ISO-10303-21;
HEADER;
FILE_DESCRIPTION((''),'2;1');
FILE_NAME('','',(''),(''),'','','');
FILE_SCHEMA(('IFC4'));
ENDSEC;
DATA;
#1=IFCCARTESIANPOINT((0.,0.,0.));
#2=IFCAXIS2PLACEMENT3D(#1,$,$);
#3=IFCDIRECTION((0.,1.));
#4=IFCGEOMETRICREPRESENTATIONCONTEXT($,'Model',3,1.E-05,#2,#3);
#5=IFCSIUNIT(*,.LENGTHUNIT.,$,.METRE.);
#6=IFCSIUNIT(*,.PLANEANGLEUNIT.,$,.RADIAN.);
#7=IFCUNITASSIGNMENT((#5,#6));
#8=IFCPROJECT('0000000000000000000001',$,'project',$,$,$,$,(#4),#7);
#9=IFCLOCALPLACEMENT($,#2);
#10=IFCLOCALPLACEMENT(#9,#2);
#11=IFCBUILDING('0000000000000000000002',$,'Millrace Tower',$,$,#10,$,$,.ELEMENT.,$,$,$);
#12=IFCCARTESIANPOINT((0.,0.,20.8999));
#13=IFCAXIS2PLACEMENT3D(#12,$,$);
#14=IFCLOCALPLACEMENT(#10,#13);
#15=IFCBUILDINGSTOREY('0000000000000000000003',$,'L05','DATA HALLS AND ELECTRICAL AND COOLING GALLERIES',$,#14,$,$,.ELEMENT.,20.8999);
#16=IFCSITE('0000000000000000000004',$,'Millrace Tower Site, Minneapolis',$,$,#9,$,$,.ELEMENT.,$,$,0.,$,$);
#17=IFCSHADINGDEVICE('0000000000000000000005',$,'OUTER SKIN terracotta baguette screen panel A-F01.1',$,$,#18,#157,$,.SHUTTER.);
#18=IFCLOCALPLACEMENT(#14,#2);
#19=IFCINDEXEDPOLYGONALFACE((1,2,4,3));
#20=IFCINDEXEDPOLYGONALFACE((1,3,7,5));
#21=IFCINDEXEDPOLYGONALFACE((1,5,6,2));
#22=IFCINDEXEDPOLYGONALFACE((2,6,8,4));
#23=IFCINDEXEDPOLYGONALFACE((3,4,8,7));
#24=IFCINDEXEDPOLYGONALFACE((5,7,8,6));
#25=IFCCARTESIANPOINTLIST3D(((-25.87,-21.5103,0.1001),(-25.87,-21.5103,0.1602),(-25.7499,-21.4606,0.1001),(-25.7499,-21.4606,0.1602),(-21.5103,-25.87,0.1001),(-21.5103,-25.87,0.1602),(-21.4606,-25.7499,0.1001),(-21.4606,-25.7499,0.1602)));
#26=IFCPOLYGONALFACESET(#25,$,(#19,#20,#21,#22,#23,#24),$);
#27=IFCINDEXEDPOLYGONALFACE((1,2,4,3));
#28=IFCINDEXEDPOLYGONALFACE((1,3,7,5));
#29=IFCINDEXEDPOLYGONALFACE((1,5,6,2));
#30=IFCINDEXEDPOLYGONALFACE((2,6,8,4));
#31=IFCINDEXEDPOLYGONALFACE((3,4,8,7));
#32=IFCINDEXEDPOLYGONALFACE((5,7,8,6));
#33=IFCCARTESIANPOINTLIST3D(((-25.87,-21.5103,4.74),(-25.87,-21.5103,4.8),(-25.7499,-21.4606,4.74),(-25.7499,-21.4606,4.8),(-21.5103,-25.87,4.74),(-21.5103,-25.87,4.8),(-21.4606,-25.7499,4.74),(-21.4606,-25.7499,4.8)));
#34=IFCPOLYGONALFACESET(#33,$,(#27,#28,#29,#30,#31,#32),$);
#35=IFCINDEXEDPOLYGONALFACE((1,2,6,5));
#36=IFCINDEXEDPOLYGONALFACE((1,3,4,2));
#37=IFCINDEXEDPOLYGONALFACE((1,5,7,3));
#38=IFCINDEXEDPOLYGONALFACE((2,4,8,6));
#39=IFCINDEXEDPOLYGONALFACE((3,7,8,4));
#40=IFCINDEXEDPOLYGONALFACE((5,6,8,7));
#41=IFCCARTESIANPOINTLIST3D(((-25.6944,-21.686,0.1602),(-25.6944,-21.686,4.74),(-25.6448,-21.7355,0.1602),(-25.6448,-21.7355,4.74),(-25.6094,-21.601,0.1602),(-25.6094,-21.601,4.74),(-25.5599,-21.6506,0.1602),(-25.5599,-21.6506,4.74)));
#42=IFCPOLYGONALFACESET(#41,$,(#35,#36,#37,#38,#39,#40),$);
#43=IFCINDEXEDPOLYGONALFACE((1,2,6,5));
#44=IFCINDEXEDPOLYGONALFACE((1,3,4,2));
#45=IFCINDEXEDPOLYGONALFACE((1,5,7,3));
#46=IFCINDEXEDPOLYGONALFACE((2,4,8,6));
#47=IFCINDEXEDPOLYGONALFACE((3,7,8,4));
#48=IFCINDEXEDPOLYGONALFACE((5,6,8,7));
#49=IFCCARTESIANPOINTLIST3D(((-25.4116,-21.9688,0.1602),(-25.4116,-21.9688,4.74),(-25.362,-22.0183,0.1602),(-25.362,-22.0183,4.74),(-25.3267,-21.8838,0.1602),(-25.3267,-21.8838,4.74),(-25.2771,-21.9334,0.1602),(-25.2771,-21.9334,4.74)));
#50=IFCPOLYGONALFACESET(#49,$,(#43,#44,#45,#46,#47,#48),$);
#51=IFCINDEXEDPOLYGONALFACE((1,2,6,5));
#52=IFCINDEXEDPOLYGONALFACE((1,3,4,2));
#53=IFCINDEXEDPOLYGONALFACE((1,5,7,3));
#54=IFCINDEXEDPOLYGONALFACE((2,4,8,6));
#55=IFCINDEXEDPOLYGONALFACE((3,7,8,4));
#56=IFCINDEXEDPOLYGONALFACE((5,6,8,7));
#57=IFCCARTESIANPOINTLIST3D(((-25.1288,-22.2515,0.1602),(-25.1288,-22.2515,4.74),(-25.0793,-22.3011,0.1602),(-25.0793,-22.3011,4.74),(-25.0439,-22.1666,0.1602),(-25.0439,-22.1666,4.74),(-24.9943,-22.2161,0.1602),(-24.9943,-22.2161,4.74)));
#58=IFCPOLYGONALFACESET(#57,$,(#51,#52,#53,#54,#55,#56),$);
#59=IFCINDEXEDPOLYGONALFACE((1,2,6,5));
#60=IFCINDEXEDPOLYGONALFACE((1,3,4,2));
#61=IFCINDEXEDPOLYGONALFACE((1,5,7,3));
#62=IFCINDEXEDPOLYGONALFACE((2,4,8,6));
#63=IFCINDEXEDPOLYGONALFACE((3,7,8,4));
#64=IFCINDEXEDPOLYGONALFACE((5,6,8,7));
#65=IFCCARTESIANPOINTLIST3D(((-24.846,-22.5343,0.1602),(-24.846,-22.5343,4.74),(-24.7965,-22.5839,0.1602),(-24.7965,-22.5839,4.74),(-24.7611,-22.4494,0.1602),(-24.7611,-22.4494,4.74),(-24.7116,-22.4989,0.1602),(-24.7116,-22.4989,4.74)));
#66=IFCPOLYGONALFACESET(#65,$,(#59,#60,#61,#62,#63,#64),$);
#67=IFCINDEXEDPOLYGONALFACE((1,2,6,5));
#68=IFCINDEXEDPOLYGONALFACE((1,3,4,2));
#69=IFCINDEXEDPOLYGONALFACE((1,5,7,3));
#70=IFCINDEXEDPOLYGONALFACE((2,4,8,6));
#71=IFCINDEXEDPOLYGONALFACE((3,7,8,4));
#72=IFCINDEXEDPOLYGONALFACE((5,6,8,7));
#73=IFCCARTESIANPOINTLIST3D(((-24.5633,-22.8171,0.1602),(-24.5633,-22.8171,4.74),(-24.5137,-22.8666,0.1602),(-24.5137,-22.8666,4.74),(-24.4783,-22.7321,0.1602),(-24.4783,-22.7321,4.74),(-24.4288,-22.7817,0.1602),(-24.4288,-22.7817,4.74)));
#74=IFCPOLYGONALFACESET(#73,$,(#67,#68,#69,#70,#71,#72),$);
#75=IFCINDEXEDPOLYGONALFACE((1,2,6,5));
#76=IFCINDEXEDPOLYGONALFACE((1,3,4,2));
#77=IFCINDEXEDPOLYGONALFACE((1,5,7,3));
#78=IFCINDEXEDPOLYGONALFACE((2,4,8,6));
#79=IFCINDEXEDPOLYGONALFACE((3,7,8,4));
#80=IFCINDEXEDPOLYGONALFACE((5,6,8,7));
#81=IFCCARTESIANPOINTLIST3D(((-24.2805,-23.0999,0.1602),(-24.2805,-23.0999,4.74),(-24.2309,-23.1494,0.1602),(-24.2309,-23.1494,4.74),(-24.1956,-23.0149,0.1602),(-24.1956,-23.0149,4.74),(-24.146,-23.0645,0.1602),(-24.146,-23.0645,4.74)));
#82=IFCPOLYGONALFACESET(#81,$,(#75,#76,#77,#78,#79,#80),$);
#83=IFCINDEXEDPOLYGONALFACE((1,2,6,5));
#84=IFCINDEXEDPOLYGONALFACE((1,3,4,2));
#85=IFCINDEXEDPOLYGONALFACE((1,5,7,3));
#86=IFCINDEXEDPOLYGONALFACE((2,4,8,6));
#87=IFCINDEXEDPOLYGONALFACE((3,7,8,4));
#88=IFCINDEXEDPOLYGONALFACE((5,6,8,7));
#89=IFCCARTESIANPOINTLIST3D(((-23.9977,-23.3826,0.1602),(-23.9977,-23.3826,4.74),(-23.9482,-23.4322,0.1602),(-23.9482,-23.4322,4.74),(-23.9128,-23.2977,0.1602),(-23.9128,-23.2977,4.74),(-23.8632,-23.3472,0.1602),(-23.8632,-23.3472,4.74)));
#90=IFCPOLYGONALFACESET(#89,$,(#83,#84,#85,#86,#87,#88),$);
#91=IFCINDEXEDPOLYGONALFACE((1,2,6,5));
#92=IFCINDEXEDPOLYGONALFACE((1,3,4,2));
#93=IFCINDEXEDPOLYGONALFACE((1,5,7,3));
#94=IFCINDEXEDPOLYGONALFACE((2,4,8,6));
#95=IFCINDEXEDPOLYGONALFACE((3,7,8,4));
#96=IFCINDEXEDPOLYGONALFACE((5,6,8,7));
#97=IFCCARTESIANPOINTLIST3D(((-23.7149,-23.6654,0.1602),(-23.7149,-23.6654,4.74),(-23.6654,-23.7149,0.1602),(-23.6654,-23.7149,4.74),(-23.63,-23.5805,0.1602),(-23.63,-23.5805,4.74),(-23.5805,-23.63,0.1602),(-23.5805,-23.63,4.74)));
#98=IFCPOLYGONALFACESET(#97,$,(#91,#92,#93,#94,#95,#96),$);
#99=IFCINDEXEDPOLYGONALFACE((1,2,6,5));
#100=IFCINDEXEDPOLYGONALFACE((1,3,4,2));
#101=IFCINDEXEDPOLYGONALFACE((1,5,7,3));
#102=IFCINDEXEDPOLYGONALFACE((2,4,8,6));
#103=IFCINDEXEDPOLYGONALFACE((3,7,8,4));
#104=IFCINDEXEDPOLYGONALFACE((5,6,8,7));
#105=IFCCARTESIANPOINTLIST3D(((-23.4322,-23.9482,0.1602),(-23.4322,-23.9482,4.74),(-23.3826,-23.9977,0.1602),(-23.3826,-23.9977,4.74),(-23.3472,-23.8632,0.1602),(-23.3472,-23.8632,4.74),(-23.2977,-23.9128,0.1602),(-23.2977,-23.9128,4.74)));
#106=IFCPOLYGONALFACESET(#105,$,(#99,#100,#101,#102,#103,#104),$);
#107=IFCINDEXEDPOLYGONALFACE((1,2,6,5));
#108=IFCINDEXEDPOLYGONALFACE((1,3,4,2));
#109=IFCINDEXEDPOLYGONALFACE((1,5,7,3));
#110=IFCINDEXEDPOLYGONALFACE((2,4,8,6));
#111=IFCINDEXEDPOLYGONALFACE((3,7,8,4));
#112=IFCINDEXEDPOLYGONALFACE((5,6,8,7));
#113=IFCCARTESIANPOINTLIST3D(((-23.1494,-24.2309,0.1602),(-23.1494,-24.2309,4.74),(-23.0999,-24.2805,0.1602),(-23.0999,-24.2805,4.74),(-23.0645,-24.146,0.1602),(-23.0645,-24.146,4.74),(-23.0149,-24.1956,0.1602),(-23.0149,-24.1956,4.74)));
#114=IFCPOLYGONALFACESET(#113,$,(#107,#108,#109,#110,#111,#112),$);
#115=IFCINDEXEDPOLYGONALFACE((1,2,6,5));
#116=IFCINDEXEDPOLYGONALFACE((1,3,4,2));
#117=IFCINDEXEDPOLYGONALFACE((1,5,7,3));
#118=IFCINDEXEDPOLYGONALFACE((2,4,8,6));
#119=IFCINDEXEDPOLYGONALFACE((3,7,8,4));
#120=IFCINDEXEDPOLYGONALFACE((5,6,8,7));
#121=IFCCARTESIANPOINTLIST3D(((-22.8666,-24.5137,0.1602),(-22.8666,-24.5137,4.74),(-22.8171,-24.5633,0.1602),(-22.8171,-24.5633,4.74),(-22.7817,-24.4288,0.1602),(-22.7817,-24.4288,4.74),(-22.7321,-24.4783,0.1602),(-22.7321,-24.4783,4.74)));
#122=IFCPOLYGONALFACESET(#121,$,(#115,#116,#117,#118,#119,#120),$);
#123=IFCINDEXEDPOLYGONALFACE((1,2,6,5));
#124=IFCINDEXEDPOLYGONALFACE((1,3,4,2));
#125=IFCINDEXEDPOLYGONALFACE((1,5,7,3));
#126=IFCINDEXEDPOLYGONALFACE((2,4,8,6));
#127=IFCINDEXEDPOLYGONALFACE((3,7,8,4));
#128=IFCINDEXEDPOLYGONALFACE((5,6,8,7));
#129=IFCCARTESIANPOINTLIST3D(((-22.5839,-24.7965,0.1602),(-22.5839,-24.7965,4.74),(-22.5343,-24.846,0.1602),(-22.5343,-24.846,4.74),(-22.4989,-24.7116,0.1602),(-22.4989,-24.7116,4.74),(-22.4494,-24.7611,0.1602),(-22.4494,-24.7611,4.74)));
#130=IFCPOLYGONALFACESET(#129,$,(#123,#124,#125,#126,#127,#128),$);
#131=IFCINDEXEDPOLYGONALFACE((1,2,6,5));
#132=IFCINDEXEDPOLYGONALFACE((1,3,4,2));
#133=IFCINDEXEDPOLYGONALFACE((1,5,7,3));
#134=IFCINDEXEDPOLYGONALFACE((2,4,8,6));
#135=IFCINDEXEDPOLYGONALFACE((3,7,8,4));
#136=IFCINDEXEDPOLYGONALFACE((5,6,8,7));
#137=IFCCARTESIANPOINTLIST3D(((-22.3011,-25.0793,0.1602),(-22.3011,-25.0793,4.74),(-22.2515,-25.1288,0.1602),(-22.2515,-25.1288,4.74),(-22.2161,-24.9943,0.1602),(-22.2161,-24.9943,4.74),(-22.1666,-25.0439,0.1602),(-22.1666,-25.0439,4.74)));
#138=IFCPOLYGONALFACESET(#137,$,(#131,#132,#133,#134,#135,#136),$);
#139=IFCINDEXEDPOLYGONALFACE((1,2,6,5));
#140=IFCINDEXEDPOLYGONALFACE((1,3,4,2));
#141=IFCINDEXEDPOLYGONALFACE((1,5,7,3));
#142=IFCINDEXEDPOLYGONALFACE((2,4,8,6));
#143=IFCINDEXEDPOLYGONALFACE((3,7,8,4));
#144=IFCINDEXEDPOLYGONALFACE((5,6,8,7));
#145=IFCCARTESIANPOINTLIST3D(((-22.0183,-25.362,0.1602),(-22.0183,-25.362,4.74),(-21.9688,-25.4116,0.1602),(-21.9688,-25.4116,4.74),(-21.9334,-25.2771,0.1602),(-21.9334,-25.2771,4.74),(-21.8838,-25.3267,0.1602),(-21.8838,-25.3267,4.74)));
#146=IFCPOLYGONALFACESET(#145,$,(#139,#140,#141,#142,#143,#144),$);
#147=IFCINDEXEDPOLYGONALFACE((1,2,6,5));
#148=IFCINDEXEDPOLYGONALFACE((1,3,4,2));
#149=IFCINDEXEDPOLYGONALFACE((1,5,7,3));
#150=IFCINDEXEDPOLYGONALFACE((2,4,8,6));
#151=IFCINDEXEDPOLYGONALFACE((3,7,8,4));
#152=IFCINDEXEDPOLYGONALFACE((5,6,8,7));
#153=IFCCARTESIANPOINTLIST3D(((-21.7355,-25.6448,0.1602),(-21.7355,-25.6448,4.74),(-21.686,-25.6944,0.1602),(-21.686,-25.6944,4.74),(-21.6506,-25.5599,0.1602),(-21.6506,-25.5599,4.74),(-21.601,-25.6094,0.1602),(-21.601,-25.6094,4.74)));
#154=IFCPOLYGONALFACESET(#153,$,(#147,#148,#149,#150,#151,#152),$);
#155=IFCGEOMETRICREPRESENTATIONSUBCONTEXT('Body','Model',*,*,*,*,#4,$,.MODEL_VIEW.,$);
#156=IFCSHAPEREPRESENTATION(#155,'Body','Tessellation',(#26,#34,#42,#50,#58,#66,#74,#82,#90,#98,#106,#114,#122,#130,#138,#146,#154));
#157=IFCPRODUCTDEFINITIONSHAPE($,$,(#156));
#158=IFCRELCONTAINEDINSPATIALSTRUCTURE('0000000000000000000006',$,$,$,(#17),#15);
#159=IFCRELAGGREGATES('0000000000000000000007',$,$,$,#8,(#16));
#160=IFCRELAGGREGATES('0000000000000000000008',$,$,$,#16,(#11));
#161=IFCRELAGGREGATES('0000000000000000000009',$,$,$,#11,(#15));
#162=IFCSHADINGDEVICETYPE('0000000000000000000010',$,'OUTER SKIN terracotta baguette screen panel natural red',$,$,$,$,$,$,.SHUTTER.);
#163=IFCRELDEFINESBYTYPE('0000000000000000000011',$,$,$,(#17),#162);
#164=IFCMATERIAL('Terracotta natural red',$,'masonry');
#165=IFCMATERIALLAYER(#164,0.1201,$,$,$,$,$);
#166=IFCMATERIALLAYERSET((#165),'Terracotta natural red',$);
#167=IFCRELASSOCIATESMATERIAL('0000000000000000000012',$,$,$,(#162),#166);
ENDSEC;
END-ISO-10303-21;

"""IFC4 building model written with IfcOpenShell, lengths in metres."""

from ifc_helpers import new_model, entity, si_unit, direction, frame, frame_2d, origin, origin_2d, place, context, subcontext, project, spatial, rectangle, extrude, source, transform, mapped, material, layer, layer_set, type_object, element, save


model = new_model("IFC4")

# Units and contexts
model_context = context("Model", 3, precision=1e-05, world=origin(), true_north=direction((0.0, 1.0)))
body_context = subcontext(model_context, "Body", "Model", "MODEL_VIEW")
ifc_project = project(units=[si_unit("LENGTHUNIT", "METRE"), si_unit("PLANEANGLEUNIT", "RADIAN")], contexts=[model_context])

# Site, building, storey
site_placement = place(None, origin())
site = spatial("IfcSite", under=ifc_project, at=site_placement, Name="Millrace Tower Site, Minneapolis", CompositionType="ELEMENT", RefElevation=0.0)
building_placement = place(site_placement, origin())
building = spatial("IfcBuilding", under=site, at=building_placement, Name="Millrace Tower", CompositionType="ELEMENT")
storey_placement = place(building_placement, frame((0.0, 0.0, 20.8999)))
storey = spatial("IfcBuildingStorey", under=building, at=storey_placement, Name="L05", Description="DATA HALLS AND ELECTRICAL AND COOLING GALLERIES", CompositionType="ELEMENT", Elevation=20.8999)

# Shading device
ifc_material_1 = material(Name="Terracotta natural red", Category="masonry")
ifc_layer_1 = layer(ifc_material_1, 0.1201)
ifc_layer_set_1 = layer_set([ifc_layer_1], Name="Terracotta natural red")
shading_device_type_1 = type_object("IfcShadingDeviceType", Name="OUTER SKIN terracotta baguette screen panel natural red", PredefinedType="SHUTTER", material=ifc_layer_set_1)
cartesian_point_1 = entity("IfcCartesianPoint", [-3.033, 0.0601])
shared_polyline_1 = entity("IfcPolyline", [cartesian_point_1, entity("IfcCartesianPoint", [3.033, 0.0601]), entity("IfcCartesianPoint", [3.0828, -0.0601]), entity("IfcCartesianPoint", [-3.0828, -0.0601]), cartesian_point_1])
shared_shape_1 = source(origin(), body_context, "Body", "SweptSolid", [
    entity("IfcExtrudedAreaSolid", entity("IfcArbitraryClosedProfileDef", "AREA", None, shared_polyline_1), entity("IfcAxis2Placement3D", entity("IfcCartesianPoint", [0.0, 0.0, 0.0])), entity("IfcDirection", [0.0, 0.0, 1.0]), 0.0601),
    entity("IfcExtrudedAreaSolid", entity("IfcArbitraryClosedProfileDef", "AREA", None, shared_polyline_1), entity("IfcAxis2Placement3D", entity("IfcCartesianPoint", [0.0, 0.0, 4.6399])), entity("IfcDirection", [0.0, 0.0, 1.0]), 0.0601),
    extrude(rectangle(XDim=0.0701, YDim=0.1201, at=frame_2d((-2.7993, 0.0))), frame((0.0, 0.0, 0.0601)), (0.0, 0.0, 1.0), 4.5798),
    extrude(rectangle(XDim=0.0701, YDim=0.1201, at=frame_2d((-2.3994, 0.0))), frame((0.0, 0.0, 0.0601)), (0.0, 0.0, 1.0), 4.5798),
    extrude(rectangle(XDim=0.0701, YDim=0.1201, at=frame_2d((-1.9995, 0.0))), frame((0.0, 0.0, 0.0601)), (0.0, 0.0, 1.0), 4.5798),
    extrude(rectangle(XDim=0.0701, YDim=0.1201, at=frame_2d((-1.5996, 0.0))), frame((0.0, 0.0, 0.0601)), (0.0, 0.0, 1.0), 4.5798),
    extrude(rectangle(XDim=0.0701, YDim=0.1201, at=frame_2d((-1.1997, 0.0))), frame((0.0, 0.0, 0.0601)), (0.0, 0.0, 1.0), 4.5798),
    extrude(rectangle(XDim=0.0701, YDim=0.1201, at=frame_2d((-0.7998, 0.0))), frame((0.0, 0.0, 0.0601)), (0.0, 0.0, 1.0), 4.5798),
    extrude(rectangle(XDim=0.0701, YDim=0.1201, at=frame_2d((-0.3999, 0.0))), frame((0.0, 0.0, 0.0601)), (0.0, 0.0, 1.0), 4.5798),
    extrude(rectangle(XDim=0.0701, YDim=0.1201, at=origin_2d()), frame((0.0, 0.0, 0.0601)), (0.0, 0.0, 1.0), 4.5798),
    extrude(rectangle(XDim=0.0701, YDim=0.1201, at=frame_2d((0.3999, 0.0))), frame((0.0, 0.0, 0.0601)), (0.0, 0.0, 1.0), 4.5798),
    extrude(rectangle(XDim=0.0701, YDim=0.1201, at=frame_2d((0.7998, 0.0))), frame((0.0, 0.0, 0.0601)), (0.0, 0.0, 1.0), 4.5798),
    extrude(rectangle(XDim=0.0701, YDim=0.1201, at=frame_2d((1.1997, 0.0))), frame((0.0, 0.0, 0.0601)), (0.0, 0.0, 1.0), 4.5798),
    extrude(rectangle(XDim=0.0701, YDim=0.1201, at=frame_2d((1.5996, 0.0))), frame((0.0, 0.0, 0.0601)), (0.0, 0.0, 1.0), 4.5798),
    extrude(rectangle(XDim=0.0701, YDim=0.1201, at=frame_2d((1.9995, 0.0))), frame((0.0, 0.0, 0.0601)), (0.0, 0.0, 1.0), 4.5798),
    extrude(rectangle(XDim=0.0701, YDim=0.1201, at=frame_2d((2.3994, 0.0))), frame((0.0, 0.0, 0.0601)), (0.0, 0.0, 1.0), 4.5798),
    extrude(rectangle(XDim=0.0701, YDim=0.1201, at=frame_2d((2.7993, 0.0))), frame((0.0, 0.0, 0.0601)), (0.0, 0.0, 1.0), 4.5798),
])
shading_device_1_placement = place(storey_placement, frame((-23.6477, -23.6477, 0.1001), z_axis=(0.0, 0.0, 1.0), x_axis=(0.707107, -0.707107, 0.0)))
element("IfcShadingDevice", 1, at=shading_device_1_placement, inside=storey, type_object=shading_device_type_1, Name="OUTER SKIN terracotta baguette screen panel A-F01.1", PredefinedType="SHUTTER", context=body_context, shape_type="MappedRepresentation", body=[
    mapped(shared_shape_1, transform((0.0, 0.0, 0.0), scale=1.0)),
])

save(model, "model.ifc")
